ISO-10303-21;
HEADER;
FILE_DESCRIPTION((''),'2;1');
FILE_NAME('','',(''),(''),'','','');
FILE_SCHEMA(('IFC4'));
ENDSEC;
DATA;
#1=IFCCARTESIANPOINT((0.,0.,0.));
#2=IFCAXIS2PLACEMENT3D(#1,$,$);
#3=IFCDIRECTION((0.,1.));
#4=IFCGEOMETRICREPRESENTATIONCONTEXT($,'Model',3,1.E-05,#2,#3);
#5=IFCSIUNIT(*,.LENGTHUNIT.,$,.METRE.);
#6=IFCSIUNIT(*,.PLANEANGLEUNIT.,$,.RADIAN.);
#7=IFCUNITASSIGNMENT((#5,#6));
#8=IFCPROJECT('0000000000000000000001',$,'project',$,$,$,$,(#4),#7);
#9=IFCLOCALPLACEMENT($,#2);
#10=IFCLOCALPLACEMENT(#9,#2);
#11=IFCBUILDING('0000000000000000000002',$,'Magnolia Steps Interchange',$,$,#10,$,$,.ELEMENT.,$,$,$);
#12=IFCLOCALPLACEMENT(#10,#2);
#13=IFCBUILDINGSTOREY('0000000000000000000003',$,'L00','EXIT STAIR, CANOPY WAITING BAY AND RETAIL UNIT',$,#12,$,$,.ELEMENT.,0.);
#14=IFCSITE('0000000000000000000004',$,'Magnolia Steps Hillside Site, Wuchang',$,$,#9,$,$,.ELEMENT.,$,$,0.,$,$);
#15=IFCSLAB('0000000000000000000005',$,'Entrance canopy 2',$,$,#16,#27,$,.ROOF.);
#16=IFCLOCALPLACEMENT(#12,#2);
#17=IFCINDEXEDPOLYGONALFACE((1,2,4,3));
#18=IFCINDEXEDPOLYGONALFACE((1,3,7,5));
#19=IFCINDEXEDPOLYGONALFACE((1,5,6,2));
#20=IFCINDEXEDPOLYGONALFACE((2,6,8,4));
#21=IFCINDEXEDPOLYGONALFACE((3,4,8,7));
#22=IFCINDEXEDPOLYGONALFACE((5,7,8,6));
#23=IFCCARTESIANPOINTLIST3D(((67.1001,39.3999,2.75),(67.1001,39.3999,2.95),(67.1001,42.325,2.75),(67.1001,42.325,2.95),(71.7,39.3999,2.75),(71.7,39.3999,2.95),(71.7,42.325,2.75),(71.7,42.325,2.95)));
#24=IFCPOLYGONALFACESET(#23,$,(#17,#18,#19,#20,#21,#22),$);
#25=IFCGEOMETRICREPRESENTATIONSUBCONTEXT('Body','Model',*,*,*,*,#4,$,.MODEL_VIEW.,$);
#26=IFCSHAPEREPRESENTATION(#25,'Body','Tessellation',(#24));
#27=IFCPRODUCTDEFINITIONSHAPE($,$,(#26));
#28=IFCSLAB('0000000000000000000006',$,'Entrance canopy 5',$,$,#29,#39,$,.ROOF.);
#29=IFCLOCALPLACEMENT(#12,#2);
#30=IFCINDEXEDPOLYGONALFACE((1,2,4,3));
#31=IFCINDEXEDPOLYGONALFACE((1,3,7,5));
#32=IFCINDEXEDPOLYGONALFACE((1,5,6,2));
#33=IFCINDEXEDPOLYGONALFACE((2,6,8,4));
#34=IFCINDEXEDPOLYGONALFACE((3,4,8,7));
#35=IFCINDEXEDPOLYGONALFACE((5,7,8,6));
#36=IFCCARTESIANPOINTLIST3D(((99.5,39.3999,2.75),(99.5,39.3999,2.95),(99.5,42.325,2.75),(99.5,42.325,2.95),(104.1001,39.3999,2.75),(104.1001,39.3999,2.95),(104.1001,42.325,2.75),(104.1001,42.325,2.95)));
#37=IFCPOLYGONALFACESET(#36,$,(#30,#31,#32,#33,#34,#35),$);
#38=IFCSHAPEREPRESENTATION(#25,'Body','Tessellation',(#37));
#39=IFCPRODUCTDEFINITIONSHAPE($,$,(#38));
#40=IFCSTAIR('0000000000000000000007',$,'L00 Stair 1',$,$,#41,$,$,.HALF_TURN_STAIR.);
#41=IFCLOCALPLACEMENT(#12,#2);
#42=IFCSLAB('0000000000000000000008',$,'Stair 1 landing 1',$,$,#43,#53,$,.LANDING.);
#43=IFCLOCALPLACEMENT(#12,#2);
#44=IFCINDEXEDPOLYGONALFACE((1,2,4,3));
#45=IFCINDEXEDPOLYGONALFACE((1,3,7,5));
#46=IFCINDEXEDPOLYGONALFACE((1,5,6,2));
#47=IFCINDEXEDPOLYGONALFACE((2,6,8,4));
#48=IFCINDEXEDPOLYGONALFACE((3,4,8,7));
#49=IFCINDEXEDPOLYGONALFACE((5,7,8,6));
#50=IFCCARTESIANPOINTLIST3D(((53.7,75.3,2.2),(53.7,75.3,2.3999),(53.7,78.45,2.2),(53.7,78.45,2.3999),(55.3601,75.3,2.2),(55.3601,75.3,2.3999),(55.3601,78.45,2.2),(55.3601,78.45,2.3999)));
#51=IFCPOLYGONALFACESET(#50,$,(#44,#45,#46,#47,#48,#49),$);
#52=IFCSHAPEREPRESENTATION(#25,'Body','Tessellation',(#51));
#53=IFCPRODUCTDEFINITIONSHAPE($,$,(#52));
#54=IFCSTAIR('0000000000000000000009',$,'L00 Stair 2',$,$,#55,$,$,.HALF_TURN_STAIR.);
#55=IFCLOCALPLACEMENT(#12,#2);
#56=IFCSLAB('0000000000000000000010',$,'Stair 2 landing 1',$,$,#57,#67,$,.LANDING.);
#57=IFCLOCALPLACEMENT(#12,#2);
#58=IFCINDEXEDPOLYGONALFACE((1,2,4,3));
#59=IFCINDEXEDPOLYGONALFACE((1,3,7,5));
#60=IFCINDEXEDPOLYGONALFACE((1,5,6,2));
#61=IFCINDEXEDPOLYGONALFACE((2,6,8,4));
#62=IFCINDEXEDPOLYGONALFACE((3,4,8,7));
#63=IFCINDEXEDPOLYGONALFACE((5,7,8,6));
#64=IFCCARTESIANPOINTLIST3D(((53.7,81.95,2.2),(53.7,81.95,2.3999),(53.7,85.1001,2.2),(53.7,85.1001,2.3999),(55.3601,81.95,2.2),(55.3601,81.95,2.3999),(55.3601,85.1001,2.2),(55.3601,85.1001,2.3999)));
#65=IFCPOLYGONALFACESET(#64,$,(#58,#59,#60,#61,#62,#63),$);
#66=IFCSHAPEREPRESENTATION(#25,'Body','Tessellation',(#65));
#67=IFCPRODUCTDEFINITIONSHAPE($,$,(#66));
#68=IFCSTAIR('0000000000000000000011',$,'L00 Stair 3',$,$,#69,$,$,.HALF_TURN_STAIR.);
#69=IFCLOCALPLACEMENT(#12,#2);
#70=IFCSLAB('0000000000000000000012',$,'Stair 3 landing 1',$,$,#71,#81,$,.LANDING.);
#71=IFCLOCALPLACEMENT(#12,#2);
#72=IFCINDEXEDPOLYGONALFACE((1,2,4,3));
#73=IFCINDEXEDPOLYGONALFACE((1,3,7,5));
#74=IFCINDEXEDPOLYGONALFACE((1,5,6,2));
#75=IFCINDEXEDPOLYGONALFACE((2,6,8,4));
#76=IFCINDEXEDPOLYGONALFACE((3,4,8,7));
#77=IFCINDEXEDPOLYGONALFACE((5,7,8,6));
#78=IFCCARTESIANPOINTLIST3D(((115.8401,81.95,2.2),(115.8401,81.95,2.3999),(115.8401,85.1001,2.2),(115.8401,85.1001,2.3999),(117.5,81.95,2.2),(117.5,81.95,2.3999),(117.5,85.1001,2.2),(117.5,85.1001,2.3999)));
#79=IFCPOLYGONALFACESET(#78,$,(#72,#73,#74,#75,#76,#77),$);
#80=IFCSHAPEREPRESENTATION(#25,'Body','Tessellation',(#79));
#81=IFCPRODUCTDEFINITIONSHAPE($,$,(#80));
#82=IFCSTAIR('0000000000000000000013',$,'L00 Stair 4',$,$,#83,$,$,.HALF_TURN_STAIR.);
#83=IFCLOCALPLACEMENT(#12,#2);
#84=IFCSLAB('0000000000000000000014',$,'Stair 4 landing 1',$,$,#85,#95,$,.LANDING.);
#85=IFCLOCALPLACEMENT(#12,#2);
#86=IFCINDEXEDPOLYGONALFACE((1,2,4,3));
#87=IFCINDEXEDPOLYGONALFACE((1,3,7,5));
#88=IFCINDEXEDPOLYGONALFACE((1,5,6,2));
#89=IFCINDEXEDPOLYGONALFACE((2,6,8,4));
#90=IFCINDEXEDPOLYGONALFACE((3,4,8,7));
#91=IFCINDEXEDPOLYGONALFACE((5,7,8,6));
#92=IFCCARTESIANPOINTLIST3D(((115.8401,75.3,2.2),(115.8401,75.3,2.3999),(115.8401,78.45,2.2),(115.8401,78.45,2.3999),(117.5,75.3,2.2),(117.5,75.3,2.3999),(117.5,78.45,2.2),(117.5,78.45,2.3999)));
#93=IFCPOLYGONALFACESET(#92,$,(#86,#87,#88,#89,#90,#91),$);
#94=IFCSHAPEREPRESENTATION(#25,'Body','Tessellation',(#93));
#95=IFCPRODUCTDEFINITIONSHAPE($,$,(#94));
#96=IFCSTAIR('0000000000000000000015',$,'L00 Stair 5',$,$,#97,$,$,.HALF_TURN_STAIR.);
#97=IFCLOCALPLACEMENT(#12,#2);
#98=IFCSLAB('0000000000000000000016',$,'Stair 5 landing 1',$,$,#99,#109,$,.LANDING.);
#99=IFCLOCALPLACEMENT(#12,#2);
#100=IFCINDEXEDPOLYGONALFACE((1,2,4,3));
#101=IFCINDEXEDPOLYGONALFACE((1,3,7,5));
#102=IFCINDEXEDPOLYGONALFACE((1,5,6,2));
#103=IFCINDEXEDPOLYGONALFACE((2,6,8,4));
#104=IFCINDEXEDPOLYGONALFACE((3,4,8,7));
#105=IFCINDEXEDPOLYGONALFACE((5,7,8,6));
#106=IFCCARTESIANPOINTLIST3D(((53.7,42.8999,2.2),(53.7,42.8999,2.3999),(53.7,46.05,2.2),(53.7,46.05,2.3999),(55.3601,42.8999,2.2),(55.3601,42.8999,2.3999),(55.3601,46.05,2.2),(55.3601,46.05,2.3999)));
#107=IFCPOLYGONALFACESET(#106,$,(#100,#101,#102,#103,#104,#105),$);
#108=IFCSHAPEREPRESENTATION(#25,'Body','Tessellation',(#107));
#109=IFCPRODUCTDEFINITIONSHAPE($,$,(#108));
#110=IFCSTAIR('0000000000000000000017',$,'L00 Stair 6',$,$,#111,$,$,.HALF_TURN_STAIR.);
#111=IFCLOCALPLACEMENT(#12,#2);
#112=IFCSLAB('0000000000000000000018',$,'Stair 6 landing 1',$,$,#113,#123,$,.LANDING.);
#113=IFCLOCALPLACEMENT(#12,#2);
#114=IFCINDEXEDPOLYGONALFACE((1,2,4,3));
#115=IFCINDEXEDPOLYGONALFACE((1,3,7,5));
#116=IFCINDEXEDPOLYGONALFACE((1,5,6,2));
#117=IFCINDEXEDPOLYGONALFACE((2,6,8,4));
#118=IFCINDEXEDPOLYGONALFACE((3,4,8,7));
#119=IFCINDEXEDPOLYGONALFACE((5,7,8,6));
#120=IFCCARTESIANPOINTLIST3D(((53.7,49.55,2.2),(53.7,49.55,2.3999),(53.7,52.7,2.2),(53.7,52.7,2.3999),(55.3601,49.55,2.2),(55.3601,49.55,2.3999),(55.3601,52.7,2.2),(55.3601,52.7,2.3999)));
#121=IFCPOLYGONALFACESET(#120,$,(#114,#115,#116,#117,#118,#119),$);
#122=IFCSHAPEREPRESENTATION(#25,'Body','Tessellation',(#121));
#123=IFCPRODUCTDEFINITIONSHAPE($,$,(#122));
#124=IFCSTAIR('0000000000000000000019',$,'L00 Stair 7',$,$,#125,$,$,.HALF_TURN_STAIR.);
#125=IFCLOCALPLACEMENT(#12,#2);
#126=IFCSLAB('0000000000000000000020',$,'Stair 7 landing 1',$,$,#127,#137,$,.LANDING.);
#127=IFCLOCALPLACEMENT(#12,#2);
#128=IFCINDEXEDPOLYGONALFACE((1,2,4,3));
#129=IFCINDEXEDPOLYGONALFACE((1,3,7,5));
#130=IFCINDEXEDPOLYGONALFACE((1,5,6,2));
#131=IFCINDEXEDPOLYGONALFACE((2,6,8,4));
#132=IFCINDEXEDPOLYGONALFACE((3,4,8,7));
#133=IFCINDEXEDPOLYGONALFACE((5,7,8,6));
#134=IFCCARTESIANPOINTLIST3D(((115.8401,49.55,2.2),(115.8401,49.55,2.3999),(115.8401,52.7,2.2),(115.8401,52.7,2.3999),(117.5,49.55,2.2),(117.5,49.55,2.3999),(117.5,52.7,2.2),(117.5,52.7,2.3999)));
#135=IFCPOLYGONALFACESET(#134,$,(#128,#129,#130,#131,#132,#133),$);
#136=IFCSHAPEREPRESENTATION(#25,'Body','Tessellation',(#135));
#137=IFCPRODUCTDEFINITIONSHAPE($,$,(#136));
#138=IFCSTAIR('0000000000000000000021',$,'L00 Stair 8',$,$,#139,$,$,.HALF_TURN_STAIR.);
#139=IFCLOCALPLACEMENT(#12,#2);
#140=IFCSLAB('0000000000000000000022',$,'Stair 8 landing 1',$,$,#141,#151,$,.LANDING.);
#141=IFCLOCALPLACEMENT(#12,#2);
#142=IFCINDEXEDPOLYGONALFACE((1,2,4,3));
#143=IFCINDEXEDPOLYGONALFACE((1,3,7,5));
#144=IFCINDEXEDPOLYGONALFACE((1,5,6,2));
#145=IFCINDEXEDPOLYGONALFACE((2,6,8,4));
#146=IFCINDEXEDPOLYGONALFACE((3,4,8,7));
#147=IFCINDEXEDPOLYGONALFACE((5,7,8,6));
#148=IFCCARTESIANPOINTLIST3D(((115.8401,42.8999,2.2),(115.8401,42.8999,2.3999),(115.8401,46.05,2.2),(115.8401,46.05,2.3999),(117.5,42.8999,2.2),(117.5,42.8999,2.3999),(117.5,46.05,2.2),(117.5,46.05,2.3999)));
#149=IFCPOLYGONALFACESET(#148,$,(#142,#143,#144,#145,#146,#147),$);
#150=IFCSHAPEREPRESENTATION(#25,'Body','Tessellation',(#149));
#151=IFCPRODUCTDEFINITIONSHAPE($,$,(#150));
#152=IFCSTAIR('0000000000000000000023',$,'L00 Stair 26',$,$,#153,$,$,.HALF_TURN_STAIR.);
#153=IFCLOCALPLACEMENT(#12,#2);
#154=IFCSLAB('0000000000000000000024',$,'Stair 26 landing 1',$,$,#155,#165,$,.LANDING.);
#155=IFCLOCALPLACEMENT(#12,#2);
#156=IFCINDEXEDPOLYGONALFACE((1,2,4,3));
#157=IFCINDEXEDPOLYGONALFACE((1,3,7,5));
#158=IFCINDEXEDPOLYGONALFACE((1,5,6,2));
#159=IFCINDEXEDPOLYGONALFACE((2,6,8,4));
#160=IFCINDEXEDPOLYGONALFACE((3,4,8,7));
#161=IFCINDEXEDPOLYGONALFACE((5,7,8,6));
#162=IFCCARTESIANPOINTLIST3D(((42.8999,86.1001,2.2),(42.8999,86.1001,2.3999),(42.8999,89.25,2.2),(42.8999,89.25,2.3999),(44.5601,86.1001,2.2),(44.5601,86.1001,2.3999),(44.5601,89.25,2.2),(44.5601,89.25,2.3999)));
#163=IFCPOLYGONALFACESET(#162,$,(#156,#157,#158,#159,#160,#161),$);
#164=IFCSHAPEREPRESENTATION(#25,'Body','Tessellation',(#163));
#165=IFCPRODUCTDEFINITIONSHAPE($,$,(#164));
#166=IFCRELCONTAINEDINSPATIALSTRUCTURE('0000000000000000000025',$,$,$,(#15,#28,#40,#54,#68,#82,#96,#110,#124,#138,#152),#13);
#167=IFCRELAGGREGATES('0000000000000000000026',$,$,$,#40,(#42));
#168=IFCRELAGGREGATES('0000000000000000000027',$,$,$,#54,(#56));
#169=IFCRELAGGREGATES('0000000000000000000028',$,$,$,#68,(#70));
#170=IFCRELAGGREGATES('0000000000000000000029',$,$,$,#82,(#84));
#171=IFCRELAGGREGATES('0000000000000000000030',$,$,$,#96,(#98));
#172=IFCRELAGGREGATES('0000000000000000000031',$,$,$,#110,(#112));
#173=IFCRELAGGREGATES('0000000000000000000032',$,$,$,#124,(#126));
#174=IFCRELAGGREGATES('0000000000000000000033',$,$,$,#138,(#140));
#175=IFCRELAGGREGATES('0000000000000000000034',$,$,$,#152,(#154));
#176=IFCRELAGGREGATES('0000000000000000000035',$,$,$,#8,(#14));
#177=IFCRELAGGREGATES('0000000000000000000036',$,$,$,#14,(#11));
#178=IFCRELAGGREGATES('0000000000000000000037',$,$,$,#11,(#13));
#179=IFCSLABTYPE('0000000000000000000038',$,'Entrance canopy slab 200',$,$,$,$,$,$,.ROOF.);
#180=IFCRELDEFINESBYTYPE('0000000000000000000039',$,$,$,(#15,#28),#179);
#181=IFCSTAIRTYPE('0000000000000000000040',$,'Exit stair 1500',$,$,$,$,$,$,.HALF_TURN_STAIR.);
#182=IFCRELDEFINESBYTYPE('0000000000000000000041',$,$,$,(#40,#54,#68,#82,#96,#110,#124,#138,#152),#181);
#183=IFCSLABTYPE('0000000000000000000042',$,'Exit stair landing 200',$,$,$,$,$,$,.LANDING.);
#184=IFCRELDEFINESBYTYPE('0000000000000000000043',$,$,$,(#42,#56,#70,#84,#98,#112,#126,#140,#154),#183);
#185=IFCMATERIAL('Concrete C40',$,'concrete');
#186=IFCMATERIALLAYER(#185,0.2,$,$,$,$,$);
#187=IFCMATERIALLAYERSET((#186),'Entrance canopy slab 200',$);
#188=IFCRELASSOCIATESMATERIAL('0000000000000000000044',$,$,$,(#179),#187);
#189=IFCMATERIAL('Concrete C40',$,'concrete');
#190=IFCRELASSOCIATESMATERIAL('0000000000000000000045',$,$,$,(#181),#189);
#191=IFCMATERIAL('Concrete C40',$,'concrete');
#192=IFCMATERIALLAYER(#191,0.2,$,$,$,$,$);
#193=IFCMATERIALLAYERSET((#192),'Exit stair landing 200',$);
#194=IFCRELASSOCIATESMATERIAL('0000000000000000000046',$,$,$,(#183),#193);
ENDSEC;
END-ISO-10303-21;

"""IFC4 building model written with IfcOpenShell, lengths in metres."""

from ifc_helpers import new_model, si_unit, direction, frame, origin, place, context, subcontext, project, spatial, polyline, outline, extrude, material, layer, layer_set, type_object, element, aggregate, save


model = new_model("IFC4")

# Units and contexts
model_context = context("Model", 3, precision=1e-05, world=origin(), true_north=direction((0.0, 1.0)))
body_context = subcontext(model_context, "Body", "Model", "MODEL_VIEW")
ifc_project = project(units=[si_unit("LENGTHUNIT", "METRE"), si_unit("PLANEANGLEUNIT", "RADIAN")], contexts=[model_context])

# Site, building, storey
site_placement = place(None, origin())
site = spatial("IfcSite", under=ifc_project, at=site_placement, Name="Magnolia Steps Hillside Site, Wuchang", CompositionType="ELEMENT", RefElevation=0.0)
building_placement = place(site_placement, origin())
building = spatial("IfcBuilding", under=site, at=building_placement, Name="Magnolia Steps Interchange", CompositionType="ELEMENT")
storey_placement = place(building_placement, origin())
storey = spatial("IfcBuildingStorey", under=building, at=storey_placement, Name="L00", Description="EXIT STAIR, CANOPY WAITING BAY AND RETAIL UNIT", CompositionType="ELEMENT", Elevation=0.0)

# Slabs
ifc_material_1 = material(Name="Concrete C40", Category="concrete")
ifc_layer_1 = layer(ifc_material_1, 0.2)
ifc_layer_set_1 = layer_set([ifc_layer_1], Name="Entrance canopy slab 200")
slab_type_1 = type_object("IfcSlabType", Name="Entrance canopy slab 200", PredefinedType="ROOF", material=ifc_layer_set_1)
slab_1_placement = place(storey_placement, frame((0.0, 0.0, 2.75)))
element("IfcSlab", 1, at=slab_1_placement, inside=storey, type_object=slab_type_1, Name="Entrance canopy 2", PredefinedType="ROOF", context=body_context, shape_type="SweptSolid", body=[
    extrude(outline(polyline([(67.1001, 39.3999), (71.7, 39.3999), (71.7, 42.325), (67.1001, 42.325), (67.1001, 39.3999)])), origin(), (0.0, 0.0, 1.0), 0.2),
])
slab_2_placement = place(storey_placement, frame((0.0, 0.0, 2.75)))
element("IfcSlab", 2, at=slab_2_placement, inside=storey, type_object=slab_type_1, Name="Entrance canopy 5", PredefinedType="ROOF", context=body_context, shape_type="SweptSolid", body=[
    extrude(outline(polyline([(99.5, 39.3999), (104.1001, 39.3999), (104.1001, 42.325), (99.5, 42.325), (99.5, 39.3999)])), origin(), (0.0, 0.0, 1.0), 0.2),
])

# Stairs, slabs
ifc_material_2 = material(Name="Concrete C40", Category="concrete")
stair_type = type_object("IfcStairType", Name="Exit stair 1500", PredefinedType="HALF_TURN_STAIR", material=ifc_material_2)
stair_1_placement = place(storey_placement, origin())
stair_1 = element("IfcStair", 3, at=stair_1_placement, inside=storey, type_object=stair_type, Name="L00 Stair 1", PredefinedType="HALF_TURN_STAIR")
ifc_material_3 = material(Name="Concrete C40", Category="concrete")
ifc_layer_2 = layer(ifc_material_3, 0.2)
ifc_layer_set_2 = layer_set([ifc_layer_2], Name="Exit stair landing 200")
slab_type_2 = type_object("IfcSlabType", Name="Exit stair landing 200", PredefinedType="LANDING", material=ifc_layer_set_2)
slab_3_placement = place(storey_placement, frame((0.0, 0.0, 2.2)))
slab_3 = element("IfcSlab", 4, at=slab_3_placement, type_object=slab_type_2, Name="Stair 1 landing 1", PredefinedType="LANDING", context=body_context, shape_type="SweptSolid", body=[
    extrude(outline(polyline([(55.3601, 78.45), (53.7, 78.45), (53.7, 75.3), (55.3601, 75.3), (55.3601, 78.45)])), origin(), (0.0, 0.0, 1.0), 0.2),
])
aggregate(stair_1, [slab_3])
stair_2_placement = place(storey_placement, origin())
stair_2 = element("IfcStair", 5, at=stair_2_placement, inside=storey, type_object=stair_type, Name="L00 Stair 2", PredefinedType="HALF_TURN_STAIR")
slab_4_placement = place(storey_placement, frame((0.0, 0.0, 2.2)))
slab_4 = element("IfcSlab", 6, at=slab_4_placement, type_object=slab_type_2, Name="Stair 2 landing 1", PredefinedType="LANDING", context=body_context, shape_type="SweptSolid", body=[
    extrude(outline(polyline([(55.3601, 85.1001), (53.7, 85.1001), (53.7, 81.95), (55.3601, 81.95), (55.3601, 85.1001)])), origin(), (0.0, 0.0, 1.0), 0.2),
])
aggregate(stair_2, [slab_4])
stair_3_placement = place(storey_placement, origin())
stair_3 = element("IfcStair", 7, at=stair_3_placement, inside=storey, type_object=stair_type, Name="L00 Stair 3", PredefinedType="HALF_TURN_STAIR")
slab_5_placement = place(storey_placement, frame((0.0, 0.0, 2.2)))
slab_5 = element("IfcSlab", 8, at=slab_5_placement, type_object=slab_type_2, Name="Stair 3 landing 1", PredefinedType="LANDING", context=body_context, shape_type="SweptSolid", body=[
    extrude(outline(polyline([(115.8401, 81.95), (117.5, 81.95), (117.5, 85.1001), (115.8401, 85.1001), (115.8401, 81.95)])), origin(), (0.0, 0.0, 1.0), 0.2),
])
aggregate(stair_3, [slab_5])
stair_4_placement = place(storey_placement, origin())
stair_4 = element("IfcStair", 9, at=stair_4_placement, inside=storey, type_object=stair_type, Name="L00 Stair 4", PredefinedType="HALF_TURN_STAIR")
slab_6_placement = place(storey_placement, frame((0.0, 0.0, 2.2)))
slab_6 = element("IfcSlab", 10, at=slab_6_placement, type_object=slab_type_2, Name="Stair 4 landing 1", PredefinedType="LANDING", context=body_context, shape_type="SweptSolid", body=[
    extrude(outline(polyline([(115.8401, 75.3), (117.5, 75.3), (117.5, 78.45), (115.8401, 78.45), (115.8401, 75.3)])), origin(), (0.0, 0.0, 1.0), 0.2),
])
aggregate(stair_4, [slab_6])
stair_5_placement = place(storey_placement, origin())
stair_5 = element("IfcStair", 11, at=stair_5_placement, inside=storey, type_object=stair_type, Name="L00 Stair 5", PredefinedType="HALF_TURN_STAIR")
slab_7_placement = place(storey_placement, frame((0.0, 0.0, 2.2)))
slab_7 = element("IfcSlab", 12, at=slab_7_placement, type_object=slab_type_2, Name="Stair 5 landing 1", PredefinedType="LANDING", context=body_context, shape_type="SweptSolid", body=[
    extrude(outline(polyline([(55.3601, 46.05), (53.7, 46.05), (53.7, 42.8999), (55.3601, 42.8999), (55.3601, 46.05)])), origin(), (0.0, 0.0, 1.0), 0.2),
])
aggregate(stair_5, [slab_7])
stair_6_placement = place(storey_placement, origin())
stair_6 = element("IfcStair", 13, at=stair_6_placement, inside=storey, type_object=stair_type, Name="L00 Stair 6", PredefinedType="HALF_TURN_STAIR")
slab_8_placement = place(storey_placement, frame((0.0, 0.0, 2.2)))
slab_8 = element("IfcSlab", 14, at=slab_8_placement, type_object=slab_type_2, Name="Stair 6 landing 1", PredefinedType="LANDING", context=body_context, shape_type="SweptSolid", body=[
    extrude(outline(polyline([(55.3601, 52.7), (53.7, 52.7), (53.7, 49.55), (55.3601, 49.55), (55.3601, 52.7)])), origin(), (0.0, 0.0, 1.0), 0.2),
])
aggregate(stair_6, [slab_8])
stair_7_placement = place(storey_placement, origin())
stair_7 = element("IfcStair", 15, at=stair_7_placement, inside=storey, type_object=stair_type, Name="L00 Stair 7", PredefinedType="HALF_TURN_STAIR")
slab_9_placement = place(storey_placement, frame((0.0, 0.0, 2.2)))
slab_9 = element("IfcSlab", 16, at=slab_9_placement, type_object=slab_type_2, Name="Stair 7 landing 1", PredefinedType="LANDING", context=body_context, shape_type="SweptSolid", body=[
    extrude(outline(polyline([(115.8401, 49.55), (117.5, 49.55), (117.5, 52.7), (115.8401, 52.7), (115.8401, 49.55)])), origin(), (0.0, 0.0, 1.0), 0.2),
])
aggregate(stair_7, [slab_9])
stair_8_placement = place(storey_placement, origin())
stair_8 = element("IfcStair", 17, at=stair_8_placement, inside=storey, type_object=stair_type, Name="L00 Stair 8", PredefinedType="HALF_TURN_STAIR")
slab_10_placement = place(storey_placement, frame((0.0, 0.0, 2.2)))
slab_10 = element("IfcSlab", 18, at=slab_10_placement, type_object=slab_type_2, Name="Stair 8 landing 1", PredefinedType="LANDING", context=body_context, shape_type="SweptSolid", body=[
    extrude(outline(polyline([(115.8401, 42.8999), (117.5, 42.8999), (117.5, 46.05), (115.8401, 46.05), (115.8401, 42.8999)])), origin(), (0.0, 0.0, 1.0), 0.2),
])
aggregate(stair_8, [slab_10])
stair_9_placement = place(storey_placement, origin())
stair_9 = element("IfcStair", 19, at=stair_9_placement, inside=storey, type_object=stair_type, Name="L00 Stair 26", PredefinedType="HALF_TURN_STAIR")
slab_11_placement = place(storey_placement, frame((0.0, 0.0, 2.2)))
slab_11 = element("IfcSlab", 20, at=slab_11_placement, type_object=slab_type_2, Name="Stair 26 landing 1", PredefinedType="LANDING", context=body_context, shape_type="SweptSolid", body=[
    extrude(outline(polyline([(44.5601, 89.25), (42.8999, 89.25), (42.8999, 86.1001), (44.5601, 86.1001), (44.5601, 89.25)])), origin(), (0.0, 0.0, 1.0), 0.2),
])
aggregate(stair_9, [slab_11])

save(model, "model.ifc")
